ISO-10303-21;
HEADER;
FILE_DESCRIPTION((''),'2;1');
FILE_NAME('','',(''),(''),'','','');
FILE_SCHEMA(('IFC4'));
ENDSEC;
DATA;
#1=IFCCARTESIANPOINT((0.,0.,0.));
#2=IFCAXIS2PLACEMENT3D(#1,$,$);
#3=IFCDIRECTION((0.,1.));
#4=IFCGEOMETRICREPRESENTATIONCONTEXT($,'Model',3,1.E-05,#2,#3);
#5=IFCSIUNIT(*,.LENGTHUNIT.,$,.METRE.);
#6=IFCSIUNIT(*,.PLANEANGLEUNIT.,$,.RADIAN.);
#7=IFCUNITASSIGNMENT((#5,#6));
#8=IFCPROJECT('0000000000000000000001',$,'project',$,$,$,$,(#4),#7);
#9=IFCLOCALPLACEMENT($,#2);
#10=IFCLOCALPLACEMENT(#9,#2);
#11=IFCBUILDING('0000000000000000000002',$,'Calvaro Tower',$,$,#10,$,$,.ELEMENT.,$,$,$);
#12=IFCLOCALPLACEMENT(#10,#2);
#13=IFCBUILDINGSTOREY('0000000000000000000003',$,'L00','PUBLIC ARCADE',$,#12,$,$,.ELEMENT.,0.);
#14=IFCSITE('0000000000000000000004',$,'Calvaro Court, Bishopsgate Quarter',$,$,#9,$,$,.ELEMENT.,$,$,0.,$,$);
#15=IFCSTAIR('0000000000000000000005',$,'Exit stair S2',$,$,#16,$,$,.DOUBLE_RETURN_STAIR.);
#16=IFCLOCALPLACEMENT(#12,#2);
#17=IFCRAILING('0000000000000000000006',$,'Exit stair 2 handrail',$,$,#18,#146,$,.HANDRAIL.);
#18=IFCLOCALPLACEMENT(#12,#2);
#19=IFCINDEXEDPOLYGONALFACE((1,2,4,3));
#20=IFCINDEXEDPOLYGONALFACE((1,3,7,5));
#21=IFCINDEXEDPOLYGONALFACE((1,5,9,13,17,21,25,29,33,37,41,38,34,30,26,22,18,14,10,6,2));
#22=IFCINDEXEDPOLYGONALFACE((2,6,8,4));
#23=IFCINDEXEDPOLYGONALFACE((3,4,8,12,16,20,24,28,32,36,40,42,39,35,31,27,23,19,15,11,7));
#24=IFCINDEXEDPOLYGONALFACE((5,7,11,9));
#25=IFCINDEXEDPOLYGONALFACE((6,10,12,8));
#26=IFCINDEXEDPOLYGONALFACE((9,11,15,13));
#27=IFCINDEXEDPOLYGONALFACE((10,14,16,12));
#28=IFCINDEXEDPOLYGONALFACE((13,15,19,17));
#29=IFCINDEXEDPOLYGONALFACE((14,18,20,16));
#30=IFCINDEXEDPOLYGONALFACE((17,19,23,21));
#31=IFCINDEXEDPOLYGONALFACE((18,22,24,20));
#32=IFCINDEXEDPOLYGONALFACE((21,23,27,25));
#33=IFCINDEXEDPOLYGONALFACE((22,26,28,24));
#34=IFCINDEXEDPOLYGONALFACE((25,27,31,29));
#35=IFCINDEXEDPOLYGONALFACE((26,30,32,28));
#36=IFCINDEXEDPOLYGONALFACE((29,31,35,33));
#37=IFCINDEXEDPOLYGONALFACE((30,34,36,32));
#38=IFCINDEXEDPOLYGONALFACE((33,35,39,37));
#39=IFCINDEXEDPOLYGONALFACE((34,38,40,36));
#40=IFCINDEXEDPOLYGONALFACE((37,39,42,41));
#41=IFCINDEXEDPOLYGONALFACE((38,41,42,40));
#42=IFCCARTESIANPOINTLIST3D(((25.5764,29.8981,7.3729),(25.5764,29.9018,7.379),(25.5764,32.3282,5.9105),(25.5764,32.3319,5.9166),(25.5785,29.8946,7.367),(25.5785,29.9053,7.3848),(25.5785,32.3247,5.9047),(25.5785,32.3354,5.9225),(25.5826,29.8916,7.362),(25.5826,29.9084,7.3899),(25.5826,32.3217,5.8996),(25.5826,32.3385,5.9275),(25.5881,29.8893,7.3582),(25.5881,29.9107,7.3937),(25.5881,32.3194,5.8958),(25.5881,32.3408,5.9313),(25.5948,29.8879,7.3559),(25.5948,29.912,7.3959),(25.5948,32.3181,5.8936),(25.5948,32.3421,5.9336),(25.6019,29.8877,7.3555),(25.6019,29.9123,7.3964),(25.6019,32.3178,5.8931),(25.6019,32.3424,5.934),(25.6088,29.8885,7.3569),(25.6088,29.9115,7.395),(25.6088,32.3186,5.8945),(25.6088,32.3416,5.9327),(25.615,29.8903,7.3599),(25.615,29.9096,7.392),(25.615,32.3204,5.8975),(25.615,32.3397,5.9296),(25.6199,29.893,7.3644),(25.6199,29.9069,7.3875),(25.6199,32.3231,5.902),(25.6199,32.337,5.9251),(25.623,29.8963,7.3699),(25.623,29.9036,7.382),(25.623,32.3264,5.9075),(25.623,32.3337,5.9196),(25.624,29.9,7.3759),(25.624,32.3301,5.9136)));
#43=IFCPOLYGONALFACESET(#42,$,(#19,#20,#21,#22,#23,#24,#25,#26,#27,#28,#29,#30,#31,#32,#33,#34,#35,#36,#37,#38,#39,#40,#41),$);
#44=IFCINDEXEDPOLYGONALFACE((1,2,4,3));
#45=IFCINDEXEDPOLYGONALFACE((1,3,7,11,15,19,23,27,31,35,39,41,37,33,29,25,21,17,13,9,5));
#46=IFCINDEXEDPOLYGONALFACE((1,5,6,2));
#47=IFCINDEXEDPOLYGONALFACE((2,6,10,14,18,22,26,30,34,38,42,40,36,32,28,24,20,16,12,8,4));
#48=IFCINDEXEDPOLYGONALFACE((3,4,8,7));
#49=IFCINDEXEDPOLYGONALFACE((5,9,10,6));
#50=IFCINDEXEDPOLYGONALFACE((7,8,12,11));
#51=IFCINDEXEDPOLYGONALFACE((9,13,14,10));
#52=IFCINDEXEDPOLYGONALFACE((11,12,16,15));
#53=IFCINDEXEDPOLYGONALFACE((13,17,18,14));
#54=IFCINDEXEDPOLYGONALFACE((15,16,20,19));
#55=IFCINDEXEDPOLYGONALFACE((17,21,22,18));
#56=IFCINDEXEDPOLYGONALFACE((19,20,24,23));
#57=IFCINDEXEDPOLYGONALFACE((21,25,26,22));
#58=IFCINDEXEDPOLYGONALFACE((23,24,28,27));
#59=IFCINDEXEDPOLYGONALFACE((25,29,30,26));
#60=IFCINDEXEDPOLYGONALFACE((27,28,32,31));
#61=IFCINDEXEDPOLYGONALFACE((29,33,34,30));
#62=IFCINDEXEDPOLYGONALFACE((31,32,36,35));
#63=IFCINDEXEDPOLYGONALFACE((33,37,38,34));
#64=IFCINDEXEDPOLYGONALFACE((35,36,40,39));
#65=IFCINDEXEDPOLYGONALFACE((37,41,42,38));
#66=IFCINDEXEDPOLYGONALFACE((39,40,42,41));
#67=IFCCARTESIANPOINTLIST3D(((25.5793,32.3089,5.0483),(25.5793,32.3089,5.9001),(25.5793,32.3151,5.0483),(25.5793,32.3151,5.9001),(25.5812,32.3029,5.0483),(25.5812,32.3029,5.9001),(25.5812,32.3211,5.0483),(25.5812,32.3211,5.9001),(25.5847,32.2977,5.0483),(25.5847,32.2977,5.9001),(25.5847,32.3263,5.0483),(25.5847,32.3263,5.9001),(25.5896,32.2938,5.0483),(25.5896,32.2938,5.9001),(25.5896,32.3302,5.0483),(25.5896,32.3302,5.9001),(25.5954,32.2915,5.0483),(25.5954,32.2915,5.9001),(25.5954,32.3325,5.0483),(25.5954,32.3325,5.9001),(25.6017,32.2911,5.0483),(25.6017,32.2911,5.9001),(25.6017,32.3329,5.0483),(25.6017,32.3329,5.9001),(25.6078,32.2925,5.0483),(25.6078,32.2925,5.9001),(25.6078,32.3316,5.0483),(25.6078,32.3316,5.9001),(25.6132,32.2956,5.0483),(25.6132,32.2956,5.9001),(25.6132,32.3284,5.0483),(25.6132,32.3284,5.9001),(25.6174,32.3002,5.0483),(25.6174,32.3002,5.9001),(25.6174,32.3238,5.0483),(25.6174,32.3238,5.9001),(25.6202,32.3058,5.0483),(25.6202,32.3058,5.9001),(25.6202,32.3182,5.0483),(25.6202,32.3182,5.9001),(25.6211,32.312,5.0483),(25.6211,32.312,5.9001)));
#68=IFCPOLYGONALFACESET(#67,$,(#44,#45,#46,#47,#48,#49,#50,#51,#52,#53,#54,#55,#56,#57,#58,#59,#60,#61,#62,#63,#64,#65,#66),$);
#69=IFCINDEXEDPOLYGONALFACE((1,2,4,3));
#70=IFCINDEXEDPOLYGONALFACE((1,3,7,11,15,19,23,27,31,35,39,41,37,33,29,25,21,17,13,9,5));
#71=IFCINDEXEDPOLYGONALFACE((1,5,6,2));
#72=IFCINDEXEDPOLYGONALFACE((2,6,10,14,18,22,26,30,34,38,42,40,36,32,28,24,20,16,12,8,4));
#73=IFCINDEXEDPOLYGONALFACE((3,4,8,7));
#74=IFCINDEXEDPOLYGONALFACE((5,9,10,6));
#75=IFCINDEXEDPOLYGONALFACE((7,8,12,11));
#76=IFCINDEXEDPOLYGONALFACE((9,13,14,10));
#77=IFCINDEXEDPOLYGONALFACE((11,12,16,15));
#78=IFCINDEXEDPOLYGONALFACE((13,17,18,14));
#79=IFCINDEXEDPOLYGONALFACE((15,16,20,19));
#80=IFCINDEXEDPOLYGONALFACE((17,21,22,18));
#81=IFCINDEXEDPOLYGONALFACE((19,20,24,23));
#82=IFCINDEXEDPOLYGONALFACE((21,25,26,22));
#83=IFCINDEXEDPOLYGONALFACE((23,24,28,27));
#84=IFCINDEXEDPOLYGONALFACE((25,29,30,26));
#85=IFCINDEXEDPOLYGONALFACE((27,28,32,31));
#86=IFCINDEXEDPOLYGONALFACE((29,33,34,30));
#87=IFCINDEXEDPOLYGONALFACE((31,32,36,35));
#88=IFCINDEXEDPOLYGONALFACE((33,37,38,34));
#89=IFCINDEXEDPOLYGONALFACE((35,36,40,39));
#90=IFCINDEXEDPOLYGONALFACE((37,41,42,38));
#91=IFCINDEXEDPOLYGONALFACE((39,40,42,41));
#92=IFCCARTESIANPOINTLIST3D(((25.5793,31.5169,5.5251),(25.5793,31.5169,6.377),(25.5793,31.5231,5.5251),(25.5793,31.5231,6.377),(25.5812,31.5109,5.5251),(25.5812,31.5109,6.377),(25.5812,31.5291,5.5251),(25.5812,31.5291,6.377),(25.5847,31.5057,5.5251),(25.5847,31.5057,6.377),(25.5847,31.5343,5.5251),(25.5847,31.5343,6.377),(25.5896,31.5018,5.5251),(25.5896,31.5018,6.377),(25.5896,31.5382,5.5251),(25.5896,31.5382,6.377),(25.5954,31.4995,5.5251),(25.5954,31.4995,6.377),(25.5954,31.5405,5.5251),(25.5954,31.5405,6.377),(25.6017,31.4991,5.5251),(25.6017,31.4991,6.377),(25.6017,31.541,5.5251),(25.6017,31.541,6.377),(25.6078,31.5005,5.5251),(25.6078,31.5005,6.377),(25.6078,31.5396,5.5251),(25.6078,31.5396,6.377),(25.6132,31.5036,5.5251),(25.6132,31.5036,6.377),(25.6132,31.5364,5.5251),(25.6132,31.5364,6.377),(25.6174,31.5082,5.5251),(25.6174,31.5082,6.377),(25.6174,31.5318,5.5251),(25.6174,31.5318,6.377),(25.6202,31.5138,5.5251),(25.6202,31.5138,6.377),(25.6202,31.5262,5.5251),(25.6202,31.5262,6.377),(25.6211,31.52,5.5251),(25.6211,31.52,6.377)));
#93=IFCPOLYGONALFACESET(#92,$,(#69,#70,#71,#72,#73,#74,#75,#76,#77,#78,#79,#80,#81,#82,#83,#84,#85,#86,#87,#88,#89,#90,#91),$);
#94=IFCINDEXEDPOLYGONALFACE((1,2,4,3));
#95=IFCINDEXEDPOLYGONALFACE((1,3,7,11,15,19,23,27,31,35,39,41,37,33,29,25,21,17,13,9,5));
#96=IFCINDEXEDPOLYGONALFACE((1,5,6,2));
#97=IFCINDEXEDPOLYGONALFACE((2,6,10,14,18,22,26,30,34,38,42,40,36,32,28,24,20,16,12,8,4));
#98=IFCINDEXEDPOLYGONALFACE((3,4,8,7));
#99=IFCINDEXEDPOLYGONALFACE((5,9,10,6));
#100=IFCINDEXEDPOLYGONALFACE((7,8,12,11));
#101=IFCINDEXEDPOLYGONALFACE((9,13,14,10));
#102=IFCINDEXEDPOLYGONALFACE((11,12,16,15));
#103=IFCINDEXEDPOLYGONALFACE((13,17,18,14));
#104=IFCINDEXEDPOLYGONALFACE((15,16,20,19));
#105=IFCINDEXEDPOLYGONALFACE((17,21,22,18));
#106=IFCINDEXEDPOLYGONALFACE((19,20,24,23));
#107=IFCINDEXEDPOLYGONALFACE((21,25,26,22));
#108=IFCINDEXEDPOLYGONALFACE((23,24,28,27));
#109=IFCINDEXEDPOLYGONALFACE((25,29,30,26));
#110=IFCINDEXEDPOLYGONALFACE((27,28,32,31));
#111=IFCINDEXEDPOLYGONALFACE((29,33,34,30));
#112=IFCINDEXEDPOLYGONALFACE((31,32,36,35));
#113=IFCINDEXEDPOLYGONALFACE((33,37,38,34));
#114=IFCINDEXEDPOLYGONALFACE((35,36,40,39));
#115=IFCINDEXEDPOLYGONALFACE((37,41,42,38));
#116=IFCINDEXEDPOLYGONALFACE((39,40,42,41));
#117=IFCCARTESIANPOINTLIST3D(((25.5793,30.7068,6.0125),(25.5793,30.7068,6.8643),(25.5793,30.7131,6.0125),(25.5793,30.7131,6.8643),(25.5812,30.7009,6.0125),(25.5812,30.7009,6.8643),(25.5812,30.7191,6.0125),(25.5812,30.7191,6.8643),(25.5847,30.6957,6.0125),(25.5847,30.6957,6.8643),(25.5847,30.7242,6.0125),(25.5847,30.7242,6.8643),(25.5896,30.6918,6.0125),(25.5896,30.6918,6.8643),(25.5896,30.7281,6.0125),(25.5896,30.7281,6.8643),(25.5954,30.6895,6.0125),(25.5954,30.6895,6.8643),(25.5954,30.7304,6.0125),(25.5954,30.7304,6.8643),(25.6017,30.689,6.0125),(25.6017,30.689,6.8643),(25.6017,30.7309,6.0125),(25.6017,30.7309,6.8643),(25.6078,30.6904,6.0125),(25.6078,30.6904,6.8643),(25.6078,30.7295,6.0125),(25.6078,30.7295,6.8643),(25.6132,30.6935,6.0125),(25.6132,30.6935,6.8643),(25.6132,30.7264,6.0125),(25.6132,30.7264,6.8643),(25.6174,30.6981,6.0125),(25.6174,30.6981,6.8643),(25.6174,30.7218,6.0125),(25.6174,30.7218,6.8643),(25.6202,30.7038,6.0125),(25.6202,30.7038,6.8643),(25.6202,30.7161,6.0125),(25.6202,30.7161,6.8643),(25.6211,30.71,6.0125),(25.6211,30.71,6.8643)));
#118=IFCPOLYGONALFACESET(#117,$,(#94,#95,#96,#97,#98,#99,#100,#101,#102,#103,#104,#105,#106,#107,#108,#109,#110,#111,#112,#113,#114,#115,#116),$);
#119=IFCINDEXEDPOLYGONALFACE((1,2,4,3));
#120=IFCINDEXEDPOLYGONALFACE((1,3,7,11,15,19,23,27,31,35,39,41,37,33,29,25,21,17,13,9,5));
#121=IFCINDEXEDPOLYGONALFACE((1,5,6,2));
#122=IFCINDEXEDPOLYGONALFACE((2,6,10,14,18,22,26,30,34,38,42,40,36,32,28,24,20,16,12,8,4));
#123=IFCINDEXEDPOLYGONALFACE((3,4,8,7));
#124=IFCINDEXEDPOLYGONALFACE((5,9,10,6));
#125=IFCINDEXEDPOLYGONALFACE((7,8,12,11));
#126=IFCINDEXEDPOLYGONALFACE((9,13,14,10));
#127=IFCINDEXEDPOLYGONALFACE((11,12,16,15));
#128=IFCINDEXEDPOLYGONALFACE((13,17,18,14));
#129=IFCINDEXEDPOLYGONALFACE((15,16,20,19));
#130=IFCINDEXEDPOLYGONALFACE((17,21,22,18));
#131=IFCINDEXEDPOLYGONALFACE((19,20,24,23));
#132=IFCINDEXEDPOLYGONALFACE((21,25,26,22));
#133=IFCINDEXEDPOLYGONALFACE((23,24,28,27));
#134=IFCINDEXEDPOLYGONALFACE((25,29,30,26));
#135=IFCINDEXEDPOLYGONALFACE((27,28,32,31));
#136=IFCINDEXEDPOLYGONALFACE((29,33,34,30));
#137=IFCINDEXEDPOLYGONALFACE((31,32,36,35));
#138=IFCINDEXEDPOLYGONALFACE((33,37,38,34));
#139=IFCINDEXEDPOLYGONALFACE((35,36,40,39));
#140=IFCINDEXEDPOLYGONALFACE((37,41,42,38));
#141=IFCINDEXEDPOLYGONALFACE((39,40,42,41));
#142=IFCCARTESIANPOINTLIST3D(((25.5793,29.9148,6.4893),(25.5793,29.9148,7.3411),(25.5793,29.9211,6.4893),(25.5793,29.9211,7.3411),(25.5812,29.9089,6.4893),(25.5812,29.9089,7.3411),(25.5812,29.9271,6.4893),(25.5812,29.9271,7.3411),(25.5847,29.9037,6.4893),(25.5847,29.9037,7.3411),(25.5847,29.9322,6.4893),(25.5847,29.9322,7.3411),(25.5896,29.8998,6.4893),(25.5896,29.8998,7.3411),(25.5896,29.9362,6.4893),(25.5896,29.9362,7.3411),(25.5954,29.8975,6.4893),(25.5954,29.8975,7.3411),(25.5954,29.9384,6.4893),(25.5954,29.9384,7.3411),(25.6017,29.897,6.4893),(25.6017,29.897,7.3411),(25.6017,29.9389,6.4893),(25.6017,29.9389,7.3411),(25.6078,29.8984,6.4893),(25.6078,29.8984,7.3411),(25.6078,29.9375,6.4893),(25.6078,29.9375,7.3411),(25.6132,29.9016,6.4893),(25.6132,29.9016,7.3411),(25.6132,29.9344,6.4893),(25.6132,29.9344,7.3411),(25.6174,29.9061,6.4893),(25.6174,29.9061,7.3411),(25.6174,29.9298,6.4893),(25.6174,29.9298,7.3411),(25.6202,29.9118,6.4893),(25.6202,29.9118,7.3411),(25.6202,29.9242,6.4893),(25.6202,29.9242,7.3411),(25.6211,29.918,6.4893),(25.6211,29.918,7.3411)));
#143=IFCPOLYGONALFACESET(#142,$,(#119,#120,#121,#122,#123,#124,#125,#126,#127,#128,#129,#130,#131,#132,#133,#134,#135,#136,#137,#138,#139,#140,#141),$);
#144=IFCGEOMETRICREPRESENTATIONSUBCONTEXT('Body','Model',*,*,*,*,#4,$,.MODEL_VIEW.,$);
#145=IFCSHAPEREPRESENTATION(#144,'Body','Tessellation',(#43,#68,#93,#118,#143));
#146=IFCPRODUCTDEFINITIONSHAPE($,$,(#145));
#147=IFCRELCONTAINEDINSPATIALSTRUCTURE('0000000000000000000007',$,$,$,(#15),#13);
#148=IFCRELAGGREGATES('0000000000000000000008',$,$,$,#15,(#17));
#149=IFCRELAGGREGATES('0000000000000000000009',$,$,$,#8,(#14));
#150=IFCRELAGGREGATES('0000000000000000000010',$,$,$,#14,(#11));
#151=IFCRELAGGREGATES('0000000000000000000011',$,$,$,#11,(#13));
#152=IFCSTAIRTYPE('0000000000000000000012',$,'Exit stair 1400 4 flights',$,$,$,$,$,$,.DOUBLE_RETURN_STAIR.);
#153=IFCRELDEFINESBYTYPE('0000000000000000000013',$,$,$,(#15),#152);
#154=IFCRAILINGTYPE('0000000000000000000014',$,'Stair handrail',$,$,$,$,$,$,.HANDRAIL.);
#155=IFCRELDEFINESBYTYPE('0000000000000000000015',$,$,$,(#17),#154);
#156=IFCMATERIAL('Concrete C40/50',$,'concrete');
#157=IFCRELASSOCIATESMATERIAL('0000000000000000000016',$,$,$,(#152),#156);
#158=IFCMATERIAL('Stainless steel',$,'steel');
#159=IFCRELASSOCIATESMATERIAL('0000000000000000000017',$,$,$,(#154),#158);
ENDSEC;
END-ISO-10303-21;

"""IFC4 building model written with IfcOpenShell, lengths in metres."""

from ifc_helpers import new_model, si_unit, direction, frame, origin, origin_2d, place, context, subcontext, project, spatial, circle, extrude, material, type_object, element, aggregate, save


model = new_model("IFC4")

# Units and contexts
model_context = context("Model", 3, precision=1e-05, world=origin(), true_north=direction((0.0, 1.0)))
body_context = subcontext(model_context, "Body", "Model", "MODEL_VIEW")
ifc_project = project(units=[si_unit("LENGTHUNIT", "METRE"), si_unit("PLANEANGLEUNIT", "RADIAN")], contexts=[model_context])

# Site, building, storey
site_placement = place(None, origin())
site = spatial("IfcSite", under=ifc_project, at=site_placement, Name="Calvaro Court, Bishopsgate Quarter", CompositionType="ELEMENT", RefElevation=0.0)
building_placement = place(site_placement, origin())
building = spatial("IfcBuilding", under=site, at=building_placement, Name="Calvaro Tower", CompositionType="ELEMENT")
storey_placement = place(building_placement, origin())
storey = spatial("IfcBuildingStorey", under=building, at=storey_placement, Name="L00", Description="PUBLIC ARCADE", CompositionType="ELEMENT", Elevation=0.0)

# Stair, railing
ifc_material_1 = material(Name="Concrete C40/50", Category="concrete")
stair_type = type_object("IfcStairType", Name="Exit stair 1400 4 flights", PredefinedType="DOUBLE_RETURN_STAIR", material=ifc_material_1)
stair_placement = place(storey_placement, origin())
stair = element("IfcStair", 1, at=stair_placement, inside=storey, type_object=stair_type, Name="Exit stair S2", PredefinedType="DOUBLE_RETURN_STAIR")
ifc_material_2 = material(Name="Stainless steel", Category="steel")
railing_type = type_object("IfcRailingType", Name="Stair handrail", PredefinedType="HANDRAIL", material=ifc_material_2)
railing_1_placement = place(storey_placement, frame((25.6001, 32.3301, 5.0376)))
railing_1 = element("IfcRailing", 2, at=railing_1_placement, type_object=railing_type, Name="Exit stair 2 handrail", PredefinedType="HANDRAIL", context=body_context, shape_type="SweptSolid", body=[
    extrude(circle(Radius=0.0239, at=origin_2d()), frame((0.0, 0.0, 0.876), z_axis=(0.0, -0.856824, 0.515609), x_axis=(1.0, 0.0, 0.0)), (0.0, 0.0, 1.0), 2.8362),
    extrude(circle(Radius=0.021, at=origin_2d()), frame((0.0, -0.0181, 0.0107)), (0.0, 0.0, 1.0), 0.8518),
    extrude(circle(Radius=0.021, at=origin_2d()), frame((0.0, -0.8101, 0.4875)), (0.0, 0.0, 1.0), 0.8518),
    extrude(circle(Radius=0.021, at=origin_2d()), frame((0.0, -1.6201, 0.9749)), (0.0, 0.0, 1.0), 0.8518),
    extrude(circle(Radius=0.021, at=origin_2d()), frame((0.0, -2.4121, 1.4517)), (0.0, 0.0, 1.0), 0.8518),
])
aggregate(stair, [railing_1])

save(model, "model.ifc")
